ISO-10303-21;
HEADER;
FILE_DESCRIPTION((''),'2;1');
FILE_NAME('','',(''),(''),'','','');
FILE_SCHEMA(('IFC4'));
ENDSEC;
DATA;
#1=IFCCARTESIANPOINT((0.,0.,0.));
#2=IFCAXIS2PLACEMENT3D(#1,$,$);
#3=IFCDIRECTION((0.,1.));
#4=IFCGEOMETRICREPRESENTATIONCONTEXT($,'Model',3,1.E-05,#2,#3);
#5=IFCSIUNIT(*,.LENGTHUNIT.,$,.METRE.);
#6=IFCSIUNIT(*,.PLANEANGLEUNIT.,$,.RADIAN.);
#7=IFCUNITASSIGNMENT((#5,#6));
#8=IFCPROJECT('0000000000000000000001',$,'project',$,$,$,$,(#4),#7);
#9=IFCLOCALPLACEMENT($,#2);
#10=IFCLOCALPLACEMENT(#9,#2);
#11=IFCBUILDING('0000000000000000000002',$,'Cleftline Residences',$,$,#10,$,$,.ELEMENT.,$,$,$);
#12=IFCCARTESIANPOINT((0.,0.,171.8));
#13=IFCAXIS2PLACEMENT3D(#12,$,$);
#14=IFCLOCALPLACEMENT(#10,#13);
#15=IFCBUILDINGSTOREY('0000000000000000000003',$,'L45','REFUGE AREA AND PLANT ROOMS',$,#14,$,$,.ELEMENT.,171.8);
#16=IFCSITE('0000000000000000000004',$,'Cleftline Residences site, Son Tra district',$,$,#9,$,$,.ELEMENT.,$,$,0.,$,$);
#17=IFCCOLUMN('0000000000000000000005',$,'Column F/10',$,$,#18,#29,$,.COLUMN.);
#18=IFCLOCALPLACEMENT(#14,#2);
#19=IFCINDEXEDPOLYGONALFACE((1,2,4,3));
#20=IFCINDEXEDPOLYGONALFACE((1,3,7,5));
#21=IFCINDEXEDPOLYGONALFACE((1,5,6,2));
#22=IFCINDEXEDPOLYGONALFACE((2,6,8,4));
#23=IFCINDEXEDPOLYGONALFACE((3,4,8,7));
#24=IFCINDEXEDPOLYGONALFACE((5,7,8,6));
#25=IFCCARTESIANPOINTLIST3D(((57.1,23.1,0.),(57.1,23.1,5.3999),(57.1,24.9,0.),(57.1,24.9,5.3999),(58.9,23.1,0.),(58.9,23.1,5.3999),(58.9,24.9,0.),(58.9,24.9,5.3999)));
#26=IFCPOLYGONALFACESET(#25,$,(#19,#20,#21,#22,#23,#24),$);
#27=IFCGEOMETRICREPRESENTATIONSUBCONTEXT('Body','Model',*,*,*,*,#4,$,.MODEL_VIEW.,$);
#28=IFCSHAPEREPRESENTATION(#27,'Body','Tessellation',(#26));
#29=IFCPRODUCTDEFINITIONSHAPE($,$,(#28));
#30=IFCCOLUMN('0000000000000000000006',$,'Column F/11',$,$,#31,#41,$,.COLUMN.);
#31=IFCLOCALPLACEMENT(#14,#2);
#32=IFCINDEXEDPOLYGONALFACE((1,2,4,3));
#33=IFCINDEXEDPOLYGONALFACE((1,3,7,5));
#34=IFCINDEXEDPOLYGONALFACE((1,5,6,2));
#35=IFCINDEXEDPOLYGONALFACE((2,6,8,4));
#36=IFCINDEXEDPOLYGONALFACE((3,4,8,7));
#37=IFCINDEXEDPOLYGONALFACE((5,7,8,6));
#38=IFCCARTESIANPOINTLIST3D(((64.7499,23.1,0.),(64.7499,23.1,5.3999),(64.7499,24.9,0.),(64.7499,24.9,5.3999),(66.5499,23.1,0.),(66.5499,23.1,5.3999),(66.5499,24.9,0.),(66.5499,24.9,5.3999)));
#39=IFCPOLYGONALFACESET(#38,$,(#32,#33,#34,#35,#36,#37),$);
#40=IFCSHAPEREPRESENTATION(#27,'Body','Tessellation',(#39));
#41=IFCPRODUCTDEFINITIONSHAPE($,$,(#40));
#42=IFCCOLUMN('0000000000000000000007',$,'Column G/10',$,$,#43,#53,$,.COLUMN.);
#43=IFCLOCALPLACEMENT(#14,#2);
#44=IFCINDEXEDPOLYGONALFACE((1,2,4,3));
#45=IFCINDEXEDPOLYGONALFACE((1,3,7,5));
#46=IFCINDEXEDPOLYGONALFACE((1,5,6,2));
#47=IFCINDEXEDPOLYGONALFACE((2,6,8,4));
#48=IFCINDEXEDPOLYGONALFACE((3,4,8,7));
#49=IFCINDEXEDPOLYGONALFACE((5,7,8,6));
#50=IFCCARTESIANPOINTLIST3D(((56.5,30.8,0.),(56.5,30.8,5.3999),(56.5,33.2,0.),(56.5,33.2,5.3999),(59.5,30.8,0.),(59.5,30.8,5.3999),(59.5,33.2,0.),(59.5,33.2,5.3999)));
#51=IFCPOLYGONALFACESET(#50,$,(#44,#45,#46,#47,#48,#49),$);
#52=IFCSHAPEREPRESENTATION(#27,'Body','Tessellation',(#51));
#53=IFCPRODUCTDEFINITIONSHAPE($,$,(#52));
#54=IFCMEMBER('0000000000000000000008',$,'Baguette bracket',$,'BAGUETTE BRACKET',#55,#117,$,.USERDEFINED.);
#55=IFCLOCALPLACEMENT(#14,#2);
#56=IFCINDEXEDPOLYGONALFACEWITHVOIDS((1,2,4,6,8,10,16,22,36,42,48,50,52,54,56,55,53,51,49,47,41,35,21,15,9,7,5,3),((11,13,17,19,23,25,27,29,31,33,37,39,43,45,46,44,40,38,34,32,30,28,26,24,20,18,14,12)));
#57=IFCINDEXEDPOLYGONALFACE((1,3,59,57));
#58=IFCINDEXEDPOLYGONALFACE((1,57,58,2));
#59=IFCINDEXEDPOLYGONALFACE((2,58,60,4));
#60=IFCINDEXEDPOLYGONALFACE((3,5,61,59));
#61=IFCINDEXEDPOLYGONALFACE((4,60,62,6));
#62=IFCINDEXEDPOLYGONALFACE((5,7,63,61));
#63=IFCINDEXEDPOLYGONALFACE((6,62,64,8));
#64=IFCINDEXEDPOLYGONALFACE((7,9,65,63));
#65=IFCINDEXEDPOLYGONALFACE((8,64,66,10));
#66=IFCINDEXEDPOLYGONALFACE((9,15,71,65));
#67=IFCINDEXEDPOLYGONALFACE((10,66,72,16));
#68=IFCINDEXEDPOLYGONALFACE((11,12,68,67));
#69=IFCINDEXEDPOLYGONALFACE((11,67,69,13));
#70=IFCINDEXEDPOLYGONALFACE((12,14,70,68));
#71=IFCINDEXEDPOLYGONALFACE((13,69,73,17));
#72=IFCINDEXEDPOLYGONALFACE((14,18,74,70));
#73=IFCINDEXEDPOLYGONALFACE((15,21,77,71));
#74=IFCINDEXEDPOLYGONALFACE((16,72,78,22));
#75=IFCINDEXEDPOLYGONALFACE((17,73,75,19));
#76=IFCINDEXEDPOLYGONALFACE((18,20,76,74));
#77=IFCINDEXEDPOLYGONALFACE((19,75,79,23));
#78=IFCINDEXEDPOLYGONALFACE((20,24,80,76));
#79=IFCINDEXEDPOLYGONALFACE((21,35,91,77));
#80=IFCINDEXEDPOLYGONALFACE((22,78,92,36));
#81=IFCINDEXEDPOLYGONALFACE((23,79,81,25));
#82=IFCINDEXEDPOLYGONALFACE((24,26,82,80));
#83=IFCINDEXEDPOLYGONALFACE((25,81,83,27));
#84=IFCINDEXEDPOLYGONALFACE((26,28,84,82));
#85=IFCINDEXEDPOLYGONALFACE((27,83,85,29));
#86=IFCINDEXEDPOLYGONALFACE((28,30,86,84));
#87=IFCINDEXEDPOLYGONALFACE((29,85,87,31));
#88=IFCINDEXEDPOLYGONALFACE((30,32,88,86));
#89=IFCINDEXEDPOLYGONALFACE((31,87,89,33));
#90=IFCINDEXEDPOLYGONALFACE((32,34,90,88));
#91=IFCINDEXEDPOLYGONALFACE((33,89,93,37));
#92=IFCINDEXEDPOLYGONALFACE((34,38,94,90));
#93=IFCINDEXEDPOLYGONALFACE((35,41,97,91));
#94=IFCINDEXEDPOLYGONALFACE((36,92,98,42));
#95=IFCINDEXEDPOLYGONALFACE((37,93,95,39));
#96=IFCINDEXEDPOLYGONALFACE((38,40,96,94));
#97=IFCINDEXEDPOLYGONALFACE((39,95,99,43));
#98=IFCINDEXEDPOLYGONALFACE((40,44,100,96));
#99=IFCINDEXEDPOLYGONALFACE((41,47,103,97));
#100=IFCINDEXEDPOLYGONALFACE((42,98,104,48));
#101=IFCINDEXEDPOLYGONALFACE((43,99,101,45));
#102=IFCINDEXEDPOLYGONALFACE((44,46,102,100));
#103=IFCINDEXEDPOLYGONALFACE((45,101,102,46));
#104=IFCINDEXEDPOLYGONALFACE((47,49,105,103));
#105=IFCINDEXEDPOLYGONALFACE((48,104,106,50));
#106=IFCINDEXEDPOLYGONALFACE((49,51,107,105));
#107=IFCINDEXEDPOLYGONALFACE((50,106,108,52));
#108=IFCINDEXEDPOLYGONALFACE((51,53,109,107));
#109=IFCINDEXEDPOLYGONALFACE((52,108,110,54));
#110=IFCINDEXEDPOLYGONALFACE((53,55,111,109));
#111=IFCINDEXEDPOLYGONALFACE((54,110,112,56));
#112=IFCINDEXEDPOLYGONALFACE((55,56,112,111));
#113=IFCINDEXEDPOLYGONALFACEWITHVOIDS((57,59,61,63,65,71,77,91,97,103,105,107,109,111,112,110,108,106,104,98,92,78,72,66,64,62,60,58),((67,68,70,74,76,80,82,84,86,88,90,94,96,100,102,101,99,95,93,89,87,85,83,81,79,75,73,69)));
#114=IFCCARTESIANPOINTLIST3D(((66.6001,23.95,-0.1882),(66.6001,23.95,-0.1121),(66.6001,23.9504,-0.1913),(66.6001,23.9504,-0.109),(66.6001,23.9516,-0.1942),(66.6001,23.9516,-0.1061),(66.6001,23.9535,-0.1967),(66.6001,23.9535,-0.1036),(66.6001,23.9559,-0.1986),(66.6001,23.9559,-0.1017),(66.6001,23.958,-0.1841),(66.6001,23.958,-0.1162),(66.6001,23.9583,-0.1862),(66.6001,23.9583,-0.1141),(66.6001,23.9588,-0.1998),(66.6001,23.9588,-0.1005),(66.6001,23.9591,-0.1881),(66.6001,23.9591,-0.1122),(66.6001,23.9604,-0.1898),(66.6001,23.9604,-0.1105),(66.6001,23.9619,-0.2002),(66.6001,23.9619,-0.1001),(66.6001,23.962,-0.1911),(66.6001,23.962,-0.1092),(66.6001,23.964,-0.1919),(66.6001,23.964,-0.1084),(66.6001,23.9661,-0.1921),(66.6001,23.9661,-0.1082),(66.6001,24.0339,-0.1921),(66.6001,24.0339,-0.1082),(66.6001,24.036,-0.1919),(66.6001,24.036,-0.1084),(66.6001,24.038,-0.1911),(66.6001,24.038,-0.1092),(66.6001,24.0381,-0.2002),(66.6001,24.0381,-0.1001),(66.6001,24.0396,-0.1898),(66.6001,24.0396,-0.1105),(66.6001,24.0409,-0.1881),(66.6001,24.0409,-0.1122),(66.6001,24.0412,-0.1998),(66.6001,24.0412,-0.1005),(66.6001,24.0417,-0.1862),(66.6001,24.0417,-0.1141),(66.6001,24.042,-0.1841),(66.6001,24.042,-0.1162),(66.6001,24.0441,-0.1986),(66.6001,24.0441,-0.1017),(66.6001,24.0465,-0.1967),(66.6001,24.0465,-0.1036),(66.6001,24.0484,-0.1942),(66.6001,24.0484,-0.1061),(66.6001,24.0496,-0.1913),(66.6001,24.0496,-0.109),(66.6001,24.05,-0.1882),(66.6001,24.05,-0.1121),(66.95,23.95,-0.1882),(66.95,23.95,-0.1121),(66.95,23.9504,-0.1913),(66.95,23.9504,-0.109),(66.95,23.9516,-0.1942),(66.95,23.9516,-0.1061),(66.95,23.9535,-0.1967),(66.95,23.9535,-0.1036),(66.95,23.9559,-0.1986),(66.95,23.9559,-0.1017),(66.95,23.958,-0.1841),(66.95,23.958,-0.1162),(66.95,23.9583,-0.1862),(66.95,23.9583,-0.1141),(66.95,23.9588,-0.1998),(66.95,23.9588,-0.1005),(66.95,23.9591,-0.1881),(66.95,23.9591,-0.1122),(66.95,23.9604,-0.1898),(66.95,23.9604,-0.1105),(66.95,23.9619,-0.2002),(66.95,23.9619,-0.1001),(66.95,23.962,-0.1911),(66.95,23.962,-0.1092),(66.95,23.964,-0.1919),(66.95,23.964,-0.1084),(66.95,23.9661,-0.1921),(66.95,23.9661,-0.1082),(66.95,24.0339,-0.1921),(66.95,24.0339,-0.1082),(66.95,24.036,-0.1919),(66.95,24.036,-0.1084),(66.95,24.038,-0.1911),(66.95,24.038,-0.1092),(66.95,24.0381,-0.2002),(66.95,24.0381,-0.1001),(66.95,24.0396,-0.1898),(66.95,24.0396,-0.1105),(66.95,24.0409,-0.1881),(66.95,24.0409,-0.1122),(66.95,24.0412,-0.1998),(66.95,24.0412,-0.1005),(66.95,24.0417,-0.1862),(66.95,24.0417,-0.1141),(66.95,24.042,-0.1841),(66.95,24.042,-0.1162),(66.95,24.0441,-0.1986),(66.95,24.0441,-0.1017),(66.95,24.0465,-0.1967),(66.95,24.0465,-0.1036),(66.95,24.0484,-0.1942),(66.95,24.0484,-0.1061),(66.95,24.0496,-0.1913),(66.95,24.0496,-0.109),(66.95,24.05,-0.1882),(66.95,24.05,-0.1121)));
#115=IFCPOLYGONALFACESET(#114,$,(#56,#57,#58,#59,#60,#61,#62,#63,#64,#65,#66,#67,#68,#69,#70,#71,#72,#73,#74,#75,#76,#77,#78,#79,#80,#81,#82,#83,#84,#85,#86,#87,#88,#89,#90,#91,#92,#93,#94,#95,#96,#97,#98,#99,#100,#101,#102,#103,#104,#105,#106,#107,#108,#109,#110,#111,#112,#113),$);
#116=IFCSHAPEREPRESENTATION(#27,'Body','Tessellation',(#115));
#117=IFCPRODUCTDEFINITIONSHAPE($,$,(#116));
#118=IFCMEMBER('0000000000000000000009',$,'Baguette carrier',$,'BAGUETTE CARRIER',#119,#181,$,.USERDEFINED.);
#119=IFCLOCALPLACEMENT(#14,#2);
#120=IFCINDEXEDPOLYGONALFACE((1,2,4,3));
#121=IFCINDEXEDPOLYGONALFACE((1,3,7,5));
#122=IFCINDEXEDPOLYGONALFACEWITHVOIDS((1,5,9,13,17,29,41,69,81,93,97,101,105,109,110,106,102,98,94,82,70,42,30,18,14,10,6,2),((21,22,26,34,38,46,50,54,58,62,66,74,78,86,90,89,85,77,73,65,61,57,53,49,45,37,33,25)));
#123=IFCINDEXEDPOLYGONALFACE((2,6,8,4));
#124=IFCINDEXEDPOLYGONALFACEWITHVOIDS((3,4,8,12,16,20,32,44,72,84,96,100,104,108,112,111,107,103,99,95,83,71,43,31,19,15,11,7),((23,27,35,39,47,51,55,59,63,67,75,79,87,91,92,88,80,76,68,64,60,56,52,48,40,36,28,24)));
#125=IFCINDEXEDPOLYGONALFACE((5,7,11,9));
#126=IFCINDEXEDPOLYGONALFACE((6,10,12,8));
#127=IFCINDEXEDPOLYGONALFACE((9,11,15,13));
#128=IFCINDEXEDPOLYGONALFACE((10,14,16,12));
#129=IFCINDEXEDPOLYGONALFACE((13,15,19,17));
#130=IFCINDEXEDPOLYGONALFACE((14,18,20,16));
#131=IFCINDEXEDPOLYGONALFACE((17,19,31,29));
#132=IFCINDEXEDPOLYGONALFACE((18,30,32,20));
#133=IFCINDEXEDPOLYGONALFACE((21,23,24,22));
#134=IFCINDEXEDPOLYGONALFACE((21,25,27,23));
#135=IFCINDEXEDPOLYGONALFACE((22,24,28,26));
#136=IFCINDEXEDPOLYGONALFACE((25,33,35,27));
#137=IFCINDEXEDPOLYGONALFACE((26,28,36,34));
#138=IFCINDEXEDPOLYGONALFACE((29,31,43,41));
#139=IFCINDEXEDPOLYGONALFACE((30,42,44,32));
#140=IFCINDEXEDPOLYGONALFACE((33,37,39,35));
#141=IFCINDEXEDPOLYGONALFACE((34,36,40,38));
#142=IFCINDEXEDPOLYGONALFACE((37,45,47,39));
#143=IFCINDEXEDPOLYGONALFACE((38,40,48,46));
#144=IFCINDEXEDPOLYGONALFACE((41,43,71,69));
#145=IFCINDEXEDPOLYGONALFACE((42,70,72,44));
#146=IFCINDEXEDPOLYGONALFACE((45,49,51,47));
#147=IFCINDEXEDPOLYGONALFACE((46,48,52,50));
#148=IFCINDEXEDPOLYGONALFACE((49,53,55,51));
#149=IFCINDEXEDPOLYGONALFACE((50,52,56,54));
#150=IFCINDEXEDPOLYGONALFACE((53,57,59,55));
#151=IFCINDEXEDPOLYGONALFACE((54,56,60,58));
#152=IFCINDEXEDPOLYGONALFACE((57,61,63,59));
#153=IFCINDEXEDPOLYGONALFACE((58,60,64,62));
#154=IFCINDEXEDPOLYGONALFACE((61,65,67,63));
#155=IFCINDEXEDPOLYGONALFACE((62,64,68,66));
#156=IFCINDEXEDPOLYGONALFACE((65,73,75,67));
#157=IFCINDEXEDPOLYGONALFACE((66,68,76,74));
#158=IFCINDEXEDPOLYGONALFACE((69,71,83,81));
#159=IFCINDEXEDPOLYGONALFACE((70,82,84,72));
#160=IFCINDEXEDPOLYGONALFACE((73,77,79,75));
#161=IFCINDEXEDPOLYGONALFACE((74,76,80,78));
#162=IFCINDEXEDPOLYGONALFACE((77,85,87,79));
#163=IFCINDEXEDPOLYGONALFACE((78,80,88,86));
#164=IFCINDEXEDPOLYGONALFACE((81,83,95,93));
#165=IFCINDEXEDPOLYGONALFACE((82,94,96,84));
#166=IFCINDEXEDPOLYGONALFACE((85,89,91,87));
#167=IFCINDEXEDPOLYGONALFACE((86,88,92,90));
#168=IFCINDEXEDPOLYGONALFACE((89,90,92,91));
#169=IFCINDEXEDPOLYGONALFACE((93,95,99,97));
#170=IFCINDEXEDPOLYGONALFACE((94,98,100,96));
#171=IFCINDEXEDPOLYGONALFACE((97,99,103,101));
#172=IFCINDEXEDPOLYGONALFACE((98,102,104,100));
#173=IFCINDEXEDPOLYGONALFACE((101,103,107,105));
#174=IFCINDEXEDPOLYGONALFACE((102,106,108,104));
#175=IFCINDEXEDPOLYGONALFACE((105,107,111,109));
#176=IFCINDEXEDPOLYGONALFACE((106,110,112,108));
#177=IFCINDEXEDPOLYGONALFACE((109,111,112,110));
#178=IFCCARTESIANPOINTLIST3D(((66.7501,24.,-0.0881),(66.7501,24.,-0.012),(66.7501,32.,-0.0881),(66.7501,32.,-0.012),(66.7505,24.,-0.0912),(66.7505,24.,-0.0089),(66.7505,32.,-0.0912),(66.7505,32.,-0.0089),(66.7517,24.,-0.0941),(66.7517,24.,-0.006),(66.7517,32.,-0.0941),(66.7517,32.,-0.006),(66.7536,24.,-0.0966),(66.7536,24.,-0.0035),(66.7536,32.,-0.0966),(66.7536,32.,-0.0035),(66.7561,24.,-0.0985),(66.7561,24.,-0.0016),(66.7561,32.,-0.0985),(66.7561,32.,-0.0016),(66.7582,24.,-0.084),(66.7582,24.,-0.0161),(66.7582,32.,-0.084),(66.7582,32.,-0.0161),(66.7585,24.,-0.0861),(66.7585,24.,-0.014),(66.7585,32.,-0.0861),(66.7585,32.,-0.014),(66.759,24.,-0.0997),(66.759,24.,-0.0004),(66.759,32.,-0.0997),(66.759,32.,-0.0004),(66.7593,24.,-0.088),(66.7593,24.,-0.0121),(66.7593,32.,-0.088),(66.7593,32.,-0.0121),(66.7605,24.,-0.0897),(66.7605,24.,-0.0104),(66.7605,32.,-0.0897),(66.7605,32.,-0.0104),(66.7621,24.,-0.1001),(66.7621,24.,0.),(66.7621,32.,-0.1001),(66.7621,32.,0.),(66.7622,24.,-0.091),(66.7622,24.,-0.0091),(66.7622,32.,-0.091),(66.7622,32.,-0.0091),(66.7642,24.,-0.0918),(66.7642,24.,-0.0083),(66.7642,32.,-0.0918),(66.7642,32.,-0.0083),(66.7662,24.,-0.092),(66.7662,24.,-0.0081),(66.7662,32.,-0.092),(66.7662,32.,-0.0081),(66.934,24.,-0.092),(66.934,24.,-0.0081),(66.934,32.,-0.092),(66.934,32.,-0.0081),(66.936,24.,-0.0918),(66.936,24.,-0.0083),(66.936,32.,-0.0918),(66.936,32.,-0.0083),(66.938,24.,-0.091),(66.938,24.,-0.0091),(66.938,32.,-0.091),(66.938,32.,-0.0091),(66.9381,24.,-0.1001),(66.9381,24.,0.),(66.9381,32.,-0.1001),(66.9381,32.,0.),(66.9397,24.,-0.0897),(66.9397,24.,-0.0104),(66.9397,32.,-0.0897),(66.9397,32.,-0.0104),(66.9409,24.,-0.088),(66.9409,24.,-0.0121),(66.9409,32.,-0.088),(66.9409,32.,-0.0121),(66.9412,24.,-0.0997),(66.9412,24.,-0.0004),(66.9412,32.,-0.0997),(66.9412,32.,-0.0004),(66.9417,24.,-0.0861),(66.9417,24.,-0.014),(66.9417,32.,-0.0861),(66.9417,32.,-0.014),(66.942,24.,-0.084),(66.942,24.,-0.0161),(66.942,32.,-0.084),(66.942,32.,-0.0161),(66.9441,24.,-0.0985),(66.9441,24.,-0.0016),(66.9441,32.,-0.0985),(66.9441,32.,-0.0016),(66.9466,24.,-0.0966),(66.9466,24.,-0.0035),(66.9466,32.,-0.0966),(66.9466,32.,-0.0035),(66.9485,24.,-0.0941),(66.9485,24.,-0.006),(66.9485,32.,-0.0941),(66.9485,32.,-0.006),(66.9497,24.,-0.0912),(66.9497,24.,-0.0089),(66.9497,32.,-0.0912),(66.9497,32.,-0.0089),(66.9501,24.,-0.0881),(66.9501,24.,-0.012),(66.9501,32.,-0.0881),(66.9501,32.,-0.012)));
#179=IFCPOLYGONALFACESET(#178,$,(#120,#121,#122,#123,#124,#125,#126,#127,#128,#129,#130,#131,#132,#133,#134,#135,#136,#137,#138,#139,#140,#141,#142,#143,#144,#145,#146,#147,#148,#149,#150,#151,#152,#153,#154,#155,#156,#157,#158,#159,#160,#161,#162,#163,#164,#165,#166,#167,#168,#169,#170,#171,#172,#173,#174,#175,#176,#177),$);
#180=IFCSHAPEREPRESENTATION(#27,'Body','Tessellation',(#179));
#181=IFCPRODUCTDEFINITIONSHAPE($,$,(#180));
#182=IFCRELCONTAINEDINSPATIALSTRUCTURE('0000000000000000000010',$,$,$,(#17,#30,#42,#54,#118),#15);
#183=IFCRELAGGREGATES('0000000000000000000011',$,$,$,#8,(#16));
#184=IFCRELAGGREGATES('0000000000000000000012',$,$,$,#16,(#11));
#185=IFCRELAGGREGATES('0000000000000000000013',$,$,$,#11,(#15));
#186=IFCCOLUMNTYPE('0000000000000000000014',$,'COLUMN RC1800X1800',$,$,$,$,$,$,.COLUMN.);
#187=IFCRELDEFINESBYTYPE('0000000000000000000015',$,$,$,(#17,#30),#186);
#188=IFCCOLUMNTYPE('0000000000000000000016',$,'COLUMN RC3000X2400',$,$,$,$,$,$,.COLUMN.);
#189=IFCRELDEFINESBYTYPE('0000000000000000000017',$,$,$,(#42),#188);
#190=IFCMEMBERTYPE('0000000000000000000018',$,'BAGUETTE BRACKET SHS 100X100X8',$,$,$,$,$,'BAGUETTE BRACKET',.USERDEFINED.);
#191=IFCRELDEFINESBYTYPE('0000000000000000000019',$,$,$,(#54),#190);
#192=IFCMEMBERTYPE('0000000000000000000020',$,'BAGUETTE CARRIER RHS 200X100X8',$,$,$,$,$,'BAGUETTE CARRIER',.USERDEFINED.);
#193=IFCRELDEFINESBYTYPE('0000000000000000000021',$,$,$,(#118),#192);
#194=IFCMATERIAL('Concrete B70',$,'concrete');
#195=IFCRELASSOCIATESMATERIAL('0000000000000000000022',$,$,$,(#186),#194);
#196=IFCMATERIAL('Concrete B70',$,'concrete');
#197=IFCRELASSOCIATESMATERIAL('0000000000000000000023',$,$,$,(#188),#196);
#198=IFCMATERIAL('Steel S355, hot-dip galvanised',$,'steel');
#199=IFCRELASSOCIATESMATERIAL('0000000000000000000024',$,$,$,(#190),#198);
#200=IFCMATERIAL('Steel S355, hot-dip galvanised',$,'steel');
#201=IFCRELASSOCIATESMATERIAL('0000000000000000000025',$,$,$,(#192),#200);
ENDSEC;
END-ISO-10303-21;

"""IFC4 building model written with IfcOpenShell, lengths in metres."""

from ifc_helpers import new_model, si_unit, direction, frame, origin, origin_2d, place, context, subcontext, project, spatial, rectangle, hollow_rectangle, extrude, material, material_profile, profile_set, type_object, element, save


model = new_model("IFC4")

# Units and contexts
model_context = context("Model", 3, precision=1e-05, world=origin(), true_north=direction((0.0, 1.0)))
body_context = subcontext(model_context, "Body", "Model", "MODEL_VIEW")
ifc_project = project(units=[si_unit("LENGTHUNIT", "METRE"), si_unit("PLANEANGLEUNIT", "RADIAN")], contexts=[model_context])

# Site, building, storey
site_placement = place(None, origin())
site = spatial("IfcSite", under=ifc_project, at=site_placement, Name="Cleftline Residences site, Son Tra district", CompositionType="ELEMENT", RefElevation=0.0)
building_placement = place(site_placement, origin())
building = spatial("IfcBuilding", under=site, at=building_placement, Name="Cleftline Residences", CompositionType="ELEMENT")
storey_placement = place(building_placement, frame((0.0, 0.0, 171.8)))
storey = spatial("IfcBuildingStorey", under=building, at=storey_placement, Name="L45", Description="REFUGE AREA AND PLANT ROOMS", CompositionType="ELEMENT", Elevation=171.8)

# Columns
ifc_material_1 = material(Name="Concrete B70", Category="concrete")
ifc_material_profile_1 = material_profile(ifc_material_1, rectangle(XDim=1.8, YDim=1.8, at=origin_2d()))
ifc_profile_set_1 = profile_set([ifc_material_profile_1], Name="Concrete B70")
column_type_1 = type_object("IfcColumnType", Name="COLUMN RC1800X1800", PredefinedType="COLUMN", material=ifc_profile_set_1)
for number, where, z_axis, x_axis, name in (
    (1, (58.0, 24.0, 0.0), (0.0, 0.0, 1.0), (1.0, 0.0, 0.0), "Column F/10"),
    (2, (65.6499, 24.0, 0.0), (0.0, 0.0, 1.0), (1.0, 0.0, 0.0), "Column F/11"),
):
    element("IfcColumn", number, at=place(storey_placement, frame(where, z_axis=z_axis, x_axis=x_axis)), inside=storey, type_object=column_type_1, Name=name, PredefinedType="COLUMN", context=body_context, shape_type="SweptSolid", body=[
        extrude(rectangle(XDim=1.8, YDim=1.8, at=origin_2d()), origin(), (0.0, 0.0, 1.0), 5.3999),
    ])
ifc_material_2 = material(Name="Concrete B70", Category="concrete")
ifc_material_profile_2 = material_profile(ifc_material_2, rectangle(XDim=3.0, YDim=2.3999, at=origin_2d()))
ifc_profile_set_2 = profile_set([ifc_material_profile_2], Name="Concrete B70")
column_type_2 = type_object("IfcColumnType", Name="COLUMN RC3000X2400", PredefinedType="COLUMN", material=ifc_profile_set_2)
column_placement = place(storey_placement, frame((58.0, 32.0, 0.0), z_axis=(0.0, 0.0, 1.0), x_axis=(1.0, 0.0, 0.0)))
element("IfcColumn", 3, at=column_placement, inside=storey, type_object=column_type_2, Name="Column G/10", PredefinedType="COLUMN", context=body_context, shape_type="SweptSolid", body=[
    extrude(rectangle(XDim=3.0, YDim=2.3999, at=origin_2d()), origin(), (0.0, 0.0, 1.0), 5.3999),
])

# Members
ifc_material_3 = material(Name="Steel S355, hot-dip galvanised", Category="steel")
ifc_material_profile_3 = material_profile(ifc_material_3, hollow_rectangle(XDim=0.1001, YDim=0.1001, WallThickness=0.0081, InnerFilletRadius=0.0081, OuterFilletRadius=0.012, at=origin_2d()))
ifc_profile_set_3 = profile_set([ifc_material_profile_3], Name="Steel S355, hot-dip galvanised")
member_type_1 = type_object("IfcMemberType", Name="BAGUETTE BRACKET SHS 100X100X8", ElementType="BAGUETTE BRACKET", PredefinedType="USERDEFINED", material=ifc_profile_set_3)
member_1_placement = place(storey_placement, frame((66.6001, 24.0, -0.1501), z_axis=(1.0, 0.0, 0.0), x_axis=(0.0, 1.0, 0.0)))
element("IfcMember", 4, at=member_1_placement, inside=storey, type_object=member_type_1, Name="Baguette bracket", ObjectType="BAGUETTE BRACKET", PredefinedType="USERDEFINED", context=body_context, shape_type="SweptSolid", body=[
    extrude(hollow_rectangle(XDim=0.1001, YDim=0.1001, WallThickness=0.0081, InnerFilletRadius=0.0081, OuterFilletRadius=0.012, at=origin_2d()), origin(), (0.0, 0.0, 1.0), 0.3499),
])
ifc_material_4 = material(Name="Steel S355, hot-dip galvanised", Category="steel")
ifc_material_profile_4 = material_profile(ifc_material_4, hollow_rectangle(XDim=0.1001, YDim=0.2, WallThickness=0.0081, InnerFilletRadius=0.0081, OuterFilletRadius=0.012, at=origin_2d()))
ifc_profile_set_4 = profile_set([ifc_material_profile_4], Name="Steel S355, hot-dip galvanised")
member_type_2 = type_object("IfcMemberType", Name="BAGUETTE CARRIER RHS 200X100X8", ElementType="BAGUETTE CARRIER", PredefinedType="USERDEFINED", material=ifc_profile_set_4)
member_2_placement = place(storey_placement, frame((66.8501, 24.0, -0.05), z_axis=(0.0, 1.0, 0.0), x_axis=(0.0, 0.0, 1.0)))
element("IfcMember", 5, at=member_2_placement, inside=storey, type_object=member_type_2, Name="Baguette carrier", ObjectType="BAGUETTE CARRIER", PredefinedType="USERDEFINED", context=body_context, shape_type="SweptSolid", body=[
    extrude(hollow_rectangle(XDim=0.1001, YDim=0.2, WallThickness=0.0081, InnerFilletRadius=0.0081, OuterFilletRadius=0.012, at=origin_2d()), origin(), (0.0, 0.0, 1.0), 8.0),
])

save(model, "model.ifc")
